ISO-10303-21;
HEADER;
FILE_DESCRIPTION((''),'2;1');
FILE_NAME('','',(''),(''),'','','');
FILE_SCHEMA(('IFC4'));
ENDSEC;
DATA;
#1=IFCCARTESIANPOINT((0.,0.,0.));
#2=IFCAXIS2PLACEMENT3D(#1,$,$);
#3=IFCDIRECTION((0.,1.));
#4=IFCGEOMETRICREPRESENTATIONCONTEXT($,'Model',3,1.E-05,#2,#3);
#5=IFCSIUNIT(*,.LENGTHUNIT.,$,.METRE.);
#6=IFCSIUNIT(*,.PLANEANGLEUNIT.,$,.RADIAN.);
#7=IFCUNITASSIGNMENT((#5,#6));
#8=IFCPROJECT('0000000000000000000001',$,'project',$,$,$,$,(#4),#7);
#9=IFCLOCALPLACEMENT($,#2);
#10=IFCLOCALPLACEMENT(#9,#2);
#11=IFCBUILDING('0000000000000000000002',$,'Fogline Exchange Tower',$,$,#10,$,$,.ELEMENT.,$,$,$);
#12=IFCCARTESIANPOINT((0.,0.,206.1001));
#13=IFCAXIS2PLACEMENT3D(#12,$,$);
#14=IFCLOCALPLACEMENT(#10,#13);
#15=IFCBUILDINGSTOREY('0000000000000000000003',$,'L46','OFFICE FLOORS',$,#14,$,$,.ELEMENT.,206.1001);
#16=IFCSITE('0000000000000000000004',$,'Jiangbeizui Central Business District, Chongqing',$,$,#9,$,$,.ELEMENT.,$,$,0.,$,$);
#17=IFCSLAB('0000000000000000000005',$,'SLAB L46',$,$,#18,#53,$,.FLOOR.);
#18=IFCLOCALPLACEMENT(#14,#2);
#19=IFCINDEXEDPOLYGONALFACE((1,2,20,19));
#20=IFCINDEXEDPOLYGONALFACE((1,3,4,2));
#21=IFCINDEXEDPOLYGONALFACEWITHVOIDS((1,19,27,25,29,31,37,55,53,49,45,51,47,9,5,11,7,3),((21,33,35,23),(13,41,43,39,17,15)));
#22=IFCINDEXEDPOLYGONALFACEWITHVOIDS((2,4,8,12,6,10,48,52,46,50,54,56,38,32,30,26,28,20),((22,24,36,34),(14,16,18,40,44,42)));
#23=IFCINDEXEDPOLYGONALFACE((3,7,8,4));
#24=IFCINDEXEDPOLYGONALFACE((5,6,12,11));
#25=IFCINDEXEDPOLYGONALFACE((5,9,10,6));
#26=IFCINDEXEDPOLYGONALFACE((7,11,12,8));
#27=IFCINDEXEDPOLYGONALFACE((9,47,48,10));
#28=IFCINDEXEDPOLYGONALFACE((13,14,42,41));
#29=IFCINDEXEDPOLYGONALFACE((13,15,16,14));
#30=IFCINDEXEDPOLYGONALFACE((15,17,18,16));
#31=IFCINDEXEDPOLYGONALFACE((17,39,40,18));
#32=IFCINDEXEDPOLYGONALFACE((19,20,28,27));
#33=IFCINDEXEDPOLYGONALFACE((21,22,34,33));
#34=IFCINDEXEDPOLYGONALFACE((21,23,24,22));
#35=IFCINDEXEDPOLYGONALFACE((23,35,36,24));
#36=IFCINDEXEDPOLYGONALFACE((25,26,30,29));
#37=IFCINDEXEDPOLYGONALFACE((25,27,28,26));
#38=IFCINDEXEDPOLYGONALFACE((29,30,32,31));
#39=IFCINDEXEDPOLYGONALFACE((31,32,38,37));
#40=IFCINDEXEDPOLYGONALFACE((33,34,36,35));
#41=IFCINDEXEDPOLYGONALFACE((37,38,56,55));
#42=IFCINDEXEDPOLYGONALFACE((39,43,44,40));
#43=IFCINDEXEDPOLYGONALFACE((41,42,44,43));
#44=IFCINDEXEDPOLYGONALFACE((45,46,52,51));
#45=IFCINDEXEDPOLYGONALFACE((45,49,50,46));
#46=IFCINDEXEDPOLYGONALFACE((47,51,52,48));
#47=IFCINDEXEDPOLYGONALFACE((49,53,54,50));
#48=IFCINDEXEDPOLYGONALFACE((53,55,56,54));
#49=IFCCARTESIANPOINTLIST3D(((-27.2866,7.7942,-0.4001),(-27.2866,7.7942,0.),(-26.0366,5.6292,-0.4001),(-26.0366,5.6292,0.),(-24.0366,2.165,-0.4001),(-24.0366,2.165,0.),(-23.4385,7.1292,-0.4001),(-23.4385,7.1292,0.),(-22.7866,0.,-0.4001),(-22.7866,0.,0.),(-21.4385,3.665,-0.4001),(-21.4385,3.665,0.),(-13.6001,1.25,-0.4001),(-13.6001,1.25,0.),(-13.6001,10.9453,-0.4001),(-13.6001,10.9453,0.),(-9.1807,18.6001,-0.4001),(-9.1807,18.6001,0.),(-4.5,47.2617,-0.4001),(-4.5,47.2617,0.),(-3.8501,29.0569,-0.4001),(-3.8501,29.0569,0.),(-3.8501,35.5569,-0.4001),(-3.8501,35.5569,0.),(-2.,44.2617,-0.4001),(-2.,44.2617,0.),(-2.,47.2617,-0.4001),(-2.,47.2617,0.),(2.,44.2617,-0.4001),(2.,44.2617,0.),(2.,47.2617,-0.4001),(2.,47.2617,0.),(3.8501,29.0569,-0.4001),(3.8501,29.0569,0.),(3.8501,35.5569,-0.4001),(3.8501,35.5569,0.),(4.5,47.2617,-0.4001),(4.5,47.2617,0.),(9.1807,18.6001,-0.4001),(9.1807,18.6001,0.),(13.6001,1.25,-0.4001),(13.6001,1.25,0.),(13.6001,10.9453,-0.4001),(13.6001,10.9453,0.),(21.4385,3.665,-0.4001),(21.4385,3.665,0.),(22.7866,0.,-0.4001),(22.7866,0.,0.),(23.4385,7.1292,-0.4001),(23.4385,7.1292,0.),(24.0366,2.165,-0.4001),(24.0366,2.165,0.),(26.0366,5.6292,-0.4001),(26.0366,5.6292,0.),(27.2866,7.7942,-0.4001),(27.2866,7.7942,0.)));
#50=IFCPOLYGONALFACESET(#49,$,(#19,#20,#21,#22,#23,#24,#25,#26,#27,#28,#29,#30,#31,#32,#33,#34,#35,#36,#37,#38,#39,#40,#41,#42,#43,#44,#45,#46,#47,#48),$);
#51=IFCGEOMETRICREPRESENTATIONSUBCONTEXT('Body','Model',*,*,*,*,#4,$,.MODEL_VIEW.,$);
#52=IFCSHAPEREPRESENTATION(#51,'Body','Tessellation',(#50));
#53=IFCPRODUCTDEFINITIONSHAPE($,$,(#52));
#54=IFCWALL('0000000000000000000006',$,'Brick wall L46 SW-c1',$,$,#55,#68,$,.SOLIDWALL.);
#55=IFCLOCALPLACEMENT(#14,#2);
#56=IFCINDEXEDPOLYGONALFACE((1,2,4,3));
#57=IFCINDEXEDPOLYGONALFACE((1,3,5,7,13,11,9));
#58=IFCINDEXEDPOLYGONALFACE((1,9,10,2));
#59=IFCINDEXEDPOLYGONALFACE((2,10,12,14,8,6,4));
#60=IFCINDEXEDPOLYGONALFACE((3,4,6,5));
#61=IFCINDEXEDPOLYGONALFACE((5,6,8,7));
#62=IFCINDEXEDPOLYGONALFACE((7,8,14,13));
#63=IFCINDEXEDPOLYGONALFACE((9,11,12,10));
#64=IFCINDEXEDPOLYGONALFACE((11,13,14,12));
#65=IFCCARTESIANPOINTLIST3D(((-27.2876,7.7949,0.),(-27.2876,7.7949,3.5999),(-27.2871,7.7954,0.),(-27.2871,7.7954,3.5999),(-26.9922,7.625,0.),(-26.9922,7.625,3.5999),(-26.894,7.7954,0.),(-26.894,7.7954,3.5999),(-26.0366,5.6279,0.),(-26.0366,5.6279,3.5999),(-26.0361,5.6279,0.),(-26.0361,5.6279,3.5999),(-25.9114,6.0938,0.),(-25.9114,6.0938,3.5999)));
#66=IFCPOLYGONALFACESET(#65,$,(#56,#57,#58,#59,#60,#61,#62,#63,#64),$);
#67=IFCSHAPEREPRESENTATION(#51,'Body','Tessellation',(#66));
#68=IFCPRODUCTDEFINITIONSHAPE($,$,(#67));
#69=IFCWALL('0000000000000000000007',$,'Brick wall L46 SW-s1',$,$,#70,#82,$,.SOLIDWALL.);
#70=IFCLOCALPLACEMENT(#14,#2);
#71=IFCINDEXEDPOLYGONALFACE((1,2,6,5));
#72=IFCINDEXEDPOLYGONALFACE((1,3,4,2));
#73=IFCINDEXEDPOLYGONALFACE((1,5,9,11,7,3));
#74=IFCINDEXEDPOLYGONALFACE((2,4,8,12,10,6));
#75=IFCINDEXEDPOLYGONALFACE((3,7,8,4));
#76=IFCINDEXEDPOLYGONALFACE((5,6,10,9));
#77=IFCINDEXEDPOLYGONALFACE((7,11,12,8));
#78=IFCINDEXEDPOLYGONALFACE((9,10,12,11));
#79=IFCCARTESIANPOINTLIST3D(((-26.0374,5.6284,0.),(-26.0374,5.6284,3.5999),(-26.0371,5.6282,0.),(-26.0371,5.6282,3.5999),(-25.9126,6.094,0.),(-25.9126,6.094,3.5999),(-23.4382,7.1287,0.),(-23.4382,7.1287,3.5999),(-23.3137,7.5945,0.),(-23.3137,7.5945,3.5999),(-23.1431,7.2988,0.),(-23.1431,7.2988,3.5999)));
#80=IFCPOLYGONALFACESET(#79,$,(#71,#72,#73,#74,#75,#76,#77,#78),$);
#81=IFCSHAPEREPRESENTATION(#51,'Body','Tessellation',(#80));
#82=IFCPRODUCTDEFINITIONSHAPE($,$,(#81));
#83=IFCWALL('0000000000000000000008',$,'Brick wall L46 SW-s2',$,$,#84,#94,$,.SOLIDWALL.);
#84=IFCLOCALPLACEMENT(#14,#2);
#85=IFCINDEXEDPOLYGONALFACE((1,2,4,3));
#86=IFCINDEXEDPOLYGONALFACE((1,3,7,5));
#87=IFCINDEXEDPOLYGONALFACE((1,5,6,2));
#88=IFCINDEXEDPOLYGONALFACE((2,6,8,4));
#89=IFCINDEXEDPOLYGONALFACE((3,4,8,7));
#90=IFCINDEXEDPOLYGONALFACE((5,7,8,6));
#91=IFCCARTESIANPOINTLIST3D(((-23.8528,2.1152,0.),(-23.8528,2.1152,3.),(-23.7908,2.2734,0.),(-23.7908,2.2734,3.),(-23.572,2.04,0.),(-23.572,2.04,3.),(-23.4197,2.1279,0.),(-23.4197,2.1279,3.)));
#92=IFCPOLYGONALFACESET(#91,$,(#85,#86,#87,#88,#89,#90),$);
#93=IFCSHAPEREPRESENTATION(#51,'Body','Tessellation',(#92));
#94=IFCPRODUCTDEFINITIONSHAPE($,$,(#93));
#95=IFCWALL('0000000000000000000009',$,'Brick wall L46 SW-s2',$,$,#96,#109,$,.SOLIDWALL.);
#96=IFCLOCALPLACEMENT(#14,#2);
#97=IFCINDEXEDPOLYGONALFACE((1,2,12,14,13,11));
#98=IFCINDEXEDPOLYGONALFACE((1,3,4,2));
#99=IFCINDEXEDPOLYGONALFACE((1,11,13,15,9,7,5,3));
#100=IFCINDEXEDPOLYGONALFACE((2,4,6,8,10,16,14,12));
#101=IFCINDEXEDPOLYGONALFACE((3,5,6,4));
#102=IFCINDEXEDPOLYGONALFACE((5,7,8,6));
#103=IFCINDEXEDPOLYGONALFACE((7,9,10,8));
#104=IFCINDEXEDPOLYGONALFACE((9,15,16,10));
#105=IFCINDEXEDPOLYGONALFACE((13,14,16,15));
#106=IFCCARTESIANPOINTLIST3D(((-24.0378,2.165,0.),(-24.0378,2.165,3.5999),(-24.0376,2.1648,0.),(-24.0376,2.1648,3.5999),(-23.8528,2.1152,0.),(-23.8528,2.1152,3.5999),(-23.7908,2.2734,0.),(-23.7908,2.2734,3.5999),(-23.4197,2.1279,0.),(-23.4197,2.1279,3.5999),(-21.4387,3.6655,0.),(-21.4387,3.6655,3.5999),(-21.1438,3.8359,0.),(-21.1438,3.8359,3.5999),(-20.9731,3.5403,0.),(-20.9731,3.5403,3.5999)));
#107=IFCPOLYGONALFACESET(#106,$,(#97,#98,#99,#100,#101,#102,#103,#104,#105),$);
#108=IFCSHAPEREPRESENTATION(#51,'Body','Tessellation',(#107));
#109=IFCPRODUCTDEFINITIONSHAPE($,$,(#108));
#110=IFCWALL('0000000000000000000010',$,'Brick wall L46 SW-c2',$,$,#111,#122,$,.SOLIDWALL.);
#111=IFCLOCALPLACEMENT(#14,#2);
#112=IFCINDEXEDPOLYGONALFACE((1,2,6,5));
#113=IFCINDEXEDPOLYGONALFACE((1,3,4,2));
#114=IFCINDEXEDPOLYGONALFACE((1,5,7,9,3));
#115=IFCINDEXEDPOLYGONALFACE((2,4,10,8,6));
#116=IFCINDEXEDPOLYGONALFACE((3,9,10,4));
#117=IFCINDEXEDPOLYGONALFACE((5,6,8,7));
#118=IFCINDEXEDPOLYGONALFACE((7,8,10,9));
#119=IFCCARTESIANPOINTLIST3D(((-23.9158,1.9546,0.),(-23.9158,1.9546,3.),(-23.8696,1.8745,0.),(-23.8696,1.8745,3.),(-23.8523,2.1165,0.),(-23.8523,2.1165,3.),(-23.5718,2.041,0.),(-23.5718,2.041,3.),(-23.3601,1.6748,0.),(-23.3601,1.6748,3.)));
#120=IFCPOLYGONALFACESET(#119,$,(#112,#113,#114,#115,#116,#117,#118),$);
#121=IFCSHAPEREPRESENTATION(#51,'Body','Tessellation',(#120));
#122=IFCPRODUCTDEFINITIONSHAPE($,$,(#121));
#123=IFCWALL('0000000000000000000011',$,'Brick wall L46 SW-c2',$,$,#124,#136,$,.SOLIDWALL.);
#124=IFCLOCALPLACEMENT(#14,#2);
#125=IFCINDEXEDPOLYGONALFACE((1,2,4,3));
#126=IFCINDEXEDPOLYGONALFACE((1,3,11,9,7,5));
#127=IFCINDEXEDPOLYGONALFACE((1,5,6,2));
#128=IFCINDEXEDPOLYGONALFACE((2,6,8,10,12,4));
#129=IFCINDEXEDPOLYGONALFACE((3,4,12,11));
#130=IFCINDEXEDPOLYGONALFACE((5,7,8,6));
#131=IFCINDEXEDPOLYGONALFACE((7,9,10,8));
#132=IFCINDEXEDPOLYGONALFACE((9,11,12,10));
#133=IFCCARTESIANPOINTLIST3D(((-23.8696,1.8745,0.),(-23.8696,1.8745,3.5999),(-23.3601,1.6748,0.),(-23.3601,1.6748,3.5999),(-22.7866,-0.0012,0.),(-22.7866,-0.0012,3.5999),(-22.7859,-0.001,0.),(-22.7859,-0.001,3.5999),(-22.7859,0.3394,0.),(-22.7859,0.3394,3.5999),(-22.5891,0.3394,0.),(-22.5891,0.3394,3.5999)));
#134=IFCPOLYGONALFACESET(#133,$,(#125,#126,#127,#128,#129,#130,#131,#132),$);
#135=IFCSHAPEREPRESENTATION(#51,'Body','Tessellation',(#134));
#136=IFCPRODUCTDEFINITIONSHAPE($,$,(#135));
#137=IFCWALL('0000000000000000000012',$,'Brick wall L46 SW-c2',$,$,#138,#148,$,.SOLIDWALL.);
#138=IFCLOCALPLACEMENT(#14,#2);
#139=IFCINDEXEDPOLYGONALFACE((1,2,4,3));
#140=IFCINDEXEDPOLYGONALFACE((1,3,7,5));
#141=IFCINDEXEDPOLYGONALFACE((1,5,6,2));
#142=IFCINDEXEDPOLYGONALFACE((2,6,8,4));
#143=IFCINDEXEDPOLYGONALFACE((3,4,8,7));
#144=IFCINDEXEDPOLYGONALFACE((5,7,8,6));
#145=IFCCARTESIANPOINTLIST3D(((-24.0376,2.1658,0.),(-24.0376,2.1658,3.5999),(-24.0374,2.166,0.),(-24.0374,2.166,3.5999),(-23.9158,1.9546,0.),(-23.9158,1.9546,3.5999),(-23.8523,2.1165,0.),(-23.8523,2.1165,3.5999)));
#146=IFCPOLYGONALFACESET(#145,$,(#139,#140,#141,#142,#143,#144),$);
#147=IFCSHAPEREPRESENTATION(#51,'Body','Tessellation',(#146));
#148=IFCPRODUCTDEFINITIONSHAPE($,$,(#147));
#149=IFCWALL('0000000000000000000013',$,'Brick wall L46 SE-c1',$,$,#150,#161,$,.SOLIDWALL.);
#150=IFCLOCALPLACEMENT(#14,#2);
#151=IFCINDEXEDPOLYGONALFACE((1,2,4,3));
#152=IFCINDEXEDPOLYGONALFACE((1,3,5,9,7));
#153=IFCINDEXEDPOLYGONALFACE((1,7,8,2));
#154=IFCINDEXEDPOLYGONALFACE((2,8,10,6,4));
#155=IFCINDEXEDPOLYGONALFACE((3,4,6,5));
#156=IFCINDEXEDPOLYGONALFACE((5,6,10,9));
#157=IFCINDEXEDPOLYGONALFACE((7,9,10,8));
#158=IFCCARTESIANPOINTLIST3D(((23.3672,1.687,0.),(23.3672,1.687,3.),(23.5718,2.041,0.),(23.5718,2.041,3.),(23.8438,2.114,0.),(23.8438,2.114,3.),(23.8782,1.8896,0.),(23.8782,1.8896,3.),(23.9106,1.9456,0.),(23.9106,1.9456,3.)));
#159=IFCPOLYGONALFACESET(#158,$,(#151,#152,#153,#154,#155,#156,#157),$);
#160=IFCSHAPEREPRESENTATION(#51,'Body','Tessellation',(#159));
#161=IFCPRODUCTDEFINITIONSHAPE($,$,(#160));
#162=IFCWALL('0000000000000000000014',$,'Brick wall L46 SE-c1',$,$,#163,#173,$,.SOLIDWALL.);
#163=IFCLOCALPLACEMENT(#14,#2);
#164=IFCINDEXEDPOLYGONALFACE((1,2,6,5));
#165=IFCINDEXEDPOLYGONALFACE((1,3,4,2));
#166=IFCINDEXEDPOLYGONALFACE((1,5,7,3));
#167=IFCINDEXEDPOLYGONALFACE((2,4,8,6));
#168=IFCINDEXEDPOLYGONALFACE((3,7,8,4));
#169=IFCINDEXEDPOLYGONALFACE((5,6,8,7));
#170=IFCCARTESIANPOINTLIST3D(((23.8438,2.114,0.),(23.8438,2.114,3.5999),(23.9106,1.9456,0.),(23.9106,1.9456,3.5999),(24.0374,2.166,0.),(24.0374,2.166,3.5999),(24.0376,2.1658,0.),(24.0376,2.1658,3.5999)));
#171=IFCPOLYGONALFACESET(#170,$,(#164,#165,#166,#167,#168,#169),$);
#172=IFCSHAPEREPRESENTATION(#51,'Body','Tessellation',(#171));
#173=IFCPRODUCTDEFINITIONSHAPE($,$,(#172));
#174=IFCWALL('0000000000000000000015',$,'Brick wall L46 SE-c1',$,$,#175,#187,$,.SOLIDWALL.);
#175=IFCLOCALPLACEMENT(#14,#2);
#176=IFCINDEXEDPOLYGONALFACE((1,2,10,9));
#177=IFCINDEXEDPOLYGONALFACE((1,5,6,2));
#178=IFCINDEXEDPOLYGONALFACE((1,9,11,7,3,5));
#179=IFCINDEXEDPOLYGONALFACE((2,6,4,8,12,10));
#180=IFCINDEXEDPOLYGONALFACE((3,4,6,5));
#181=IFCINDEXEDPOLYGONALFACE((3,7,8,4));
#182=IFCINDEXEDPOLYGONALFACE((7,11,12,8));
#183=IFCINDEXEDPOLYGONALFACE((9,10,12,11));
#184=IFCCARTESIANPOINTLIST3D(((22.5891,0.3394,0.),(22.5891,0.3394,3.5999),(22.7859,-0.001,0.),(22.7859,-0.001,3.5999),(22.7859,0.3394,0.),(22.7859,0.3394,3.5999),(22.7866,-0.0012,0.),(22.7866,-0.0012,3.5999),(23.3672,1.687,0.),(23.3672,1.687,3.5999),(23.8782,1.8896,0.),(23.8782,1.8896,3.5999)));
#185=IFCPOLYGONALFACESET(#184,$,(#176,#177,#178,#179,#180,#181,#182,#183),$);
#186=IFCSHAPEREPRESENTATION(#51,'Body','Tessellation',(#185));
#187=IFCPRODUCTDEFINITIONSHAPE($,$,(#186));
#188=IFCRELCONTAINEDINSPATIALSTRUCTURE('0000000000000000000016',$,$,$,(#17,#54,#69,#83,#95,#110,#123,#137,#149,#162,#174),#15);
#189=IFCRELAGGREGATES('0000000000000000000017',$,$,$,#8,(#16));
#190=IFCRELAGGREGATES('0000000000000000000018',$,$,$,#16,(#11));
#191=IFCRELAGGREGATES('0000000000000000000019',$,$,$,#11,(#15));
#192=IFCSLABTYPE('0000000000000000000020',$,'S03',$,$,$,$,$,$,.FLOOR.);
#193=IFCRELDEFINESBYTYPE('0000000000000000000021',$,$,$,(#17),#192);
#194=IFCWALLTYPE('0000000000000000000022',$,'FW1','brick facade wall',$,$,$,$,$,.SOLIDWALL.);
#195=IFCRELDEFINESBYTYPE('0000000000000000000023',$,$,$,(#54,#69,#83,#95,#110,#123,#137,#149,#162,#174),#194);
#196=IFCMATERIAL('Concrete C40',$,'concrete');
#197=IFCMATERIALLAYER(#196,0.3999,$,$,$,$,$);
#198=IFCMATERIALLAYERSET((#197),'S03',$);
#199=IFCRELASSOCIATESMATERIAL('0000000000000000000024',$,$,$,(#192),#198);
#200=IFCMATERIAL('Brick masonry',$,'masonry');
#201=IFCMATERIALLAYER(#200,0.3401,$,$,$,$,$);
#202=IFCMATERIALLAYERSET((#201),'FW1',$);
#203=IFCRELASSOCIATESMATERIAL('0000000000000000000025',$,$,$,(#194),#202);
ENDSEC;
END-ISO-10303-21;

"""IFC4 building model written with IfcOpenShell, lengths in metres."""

from ifc_helpers import new_model, si_unit, direction, frame, origin, place, context, subcontext, project, spatial, polyline, outline, extrude, material, layer, layer_set, type_object, element, save


model = new_model("IFC4")

# Units and contexts
model_context = context("Model", 3, precision=1e-05, world=origin(), true_north=direction((0.0, 1.0)))
body_context = subcontext(model_context, "Body", "Model", "MODEL_VIEW")
ifc_project = project(units=[si_unit("LENGTHUNIT", "METRE"), si_unit("PLANEANGLEUNIT", "RADIAN")], contexts=[model_context])

# Site, building, storey
site_placement = place(None, origin())
site = spatial("IfcSite", under=ifc_project, at=site_placement, Name="Jiangbeizui Central Business District, Chongqing", CompositionType="ELEMENT", RefElevation=0.0)
building_placement = place(site_placement, origin())
building = spatial("IfcBuilding", under=site, at=building_placement, Name="Fogline Exchange Tower", CompositionType="ELEMENT")
storey_placement = place(building_placement, frame((0.0, 0.0, 206.1001)))
storey = spatial("IfcBuildingStorey", under=building, at=storey_placement, Name="L46", Description="OFFICE FLOORS", CompositionType="ELEMENT", Elevation=206.1001)

# Slab
ifc_material_1 = material(Name="Concrete C40", Category="concrete")
ifc_layer_1 = layer(ifc_material_1, 0.3999)
ifc_layer_set_1 = layer_set([ifc_layer_1], Name="S03")
slab_type = type_object("IfcSlabType", Name="S03", PredefinedType="FLOOR", material=ifc_layer_set_1)
slab_placement = place(storey_placement, frame((0.0, 0.0, -0.4001)))
element("IfcSlab", 1, at=slab_placement, inside=storey, type_object=slab_type, Name="SLAB L46", PredefinedType="FLOOR", context=body_context, shape_type="SweptSolid", body=[
    extrude(outline(polyline([(-2.0, 47.2617), (-4.5, 47.2617), (-27.2866, 7.7942), (-26.0366, 5.6292), (-23.4385, 7.1292), (-21.4385, 3.665), (-24.0366, 2.165), (-22.7866, 0.0), (22.7866, 0.0), (24.0366, 2.165), (21.4385, 3.665), (23.4385, 7.1292), (26.0366, 5.6292), (27.2866, 7.7942), (4.5, 47.2617), (2.0, 47.2617), (2.0, 44.2617), (-2.0, 44.2617), (-2.0, 47.2617)]), holes=[polyline([(13.6001, 10.9453), (13.6001, 1.25), (-13.6001, 1.25), (-13.6001, 10.9453), (-9.1807, 18.6001), (9.1807, 18.6001), (13.6001, 10.9453)]), polyline([(3.8501, 35.5569), (3.8501, 29.0569), (-3.8501, 29.0569), (-3.8501, 35.5569), (3.8501, 35.5569)])]), origin(), (0.0, 0.0, 1.0), 0.4001),
])

# Walls
ifc_material_2 = material(Name="Brick masonry", Category="masonry")
ifc_layer_2 = layer(ifc_material_2, 0.3401)
ifc_layer_set_2 = layer_set([ifc_layer_2], Name="FW1")
wall_type = type_object("IfcWallType", Name="FW1", Description="brick facade wall", PredefinedType="SOLIDWALL", material=ifc_layer_set_2)
wall_1_placement = place(storey_placement, origin())
element("IfcWall", 2, at=wall_1_placement, inside=storey, type_object=wall_type, Name="Brick wall L46 SW-c1", PredefinedType="SOLIDWALL", context=body_context, shape_type="SweptSolid", body=[
    extrude(outline(polyline([(-26.0366, 5.6279), (-27.2876, 7.7949), (-27.2871, 7.7954), (-26.9922, 7.625), (-26.894, 7.7954), (-25.9114, 6.0938), (-26.0361, 5.6279), (-26.0366, 5.6279)])), origin(), (0.0, 0.0, 1.0), 3.5999),
])
wall_2_placement = place(storey_placement, origin())
element("IfcWall", 3, at=wall_2_placement, inside=storey, type_object=wall_type, Name="Brick wall L46 SW-s1", PredefinedType="SOLIDWALL", context=body_context, shape_type="SweptSolid", body=[
    extrude(outline(polyline([(-23.3137, 7.5945), (-23.1431, 7.2988), (-23.4382, 7.1287), (-26.0371, 5.6282), (-26.0374, 5.6284), (-25.9126, 6.094), (-23.3137, 7.5945)])), origin(), (0.0, 0.0, 1.0), 3.5999),
])
wall_3_placement = place(storey_placement, origin())
element("IfcWall", 4, at=wall_3_placement, inside=storey, type_object=wall_type, Name="Brick wall L46 SW-s2", PredefinedType="SOLIDWALL", context=body_context, shape_type="SweptSolid", body=[
    extrude(outline(polyline([(-23.572, 2.04), (-23.8528, 2.1152), (-23.7908, 2.2734), (-23.4197, 2.1279), (-23.572, 2.04)])), origin(), (0.0, 0.0, 1.0), 3.0),
])
wall_4_placement = place(storey_placement, origin())
element("IfcWall", 5, at=wall_4_placement, inside=storey, type_object=wall_type, Name="Brick wall L46 SW-s2", PredefinedType="SOLIDWALL", context=body_context, shape_type="SweptSolid", body=[
    extrude(outline(polyline([(-21.4387, 3.6655), (-21.1438, 3.8359), (-20.9731, 3.5403), (-23.4197, 2.1279), (-23.7908, 2.2734), (-23.8528, 2.1152), (-24.0376, 2.1648), (-24.0378, 2.165), (-21.4387, 3.6655)])), origin(), (0.0, 0.0, 1.0), 3.5999),
])
wall_5_placement = place(storey_placement, origin())
element("IfcWall", 6, at=wall_5_placement, inside=storey, type_object=wall_type, Name="Brick wall L46 SW-c2", PredefinedType="SOLIDWALL", context=body_context, shape_type="SweptSolid", body=[
    extrude(outline(polyline([(-23.9158, 1.9546), (-23.8523, 2.1165), (-23.5718, 2.041), (-23.3601, 1.6748), (-23.8696, 1.8745), (-23.9158, 1.9546)])), origin(), (0.0, 0.0, 1.0), 3.0),
])
wall_6_placement = place(storey_placement, origin())
element("IfcWall", 7, at=wall_6_placement, inside=storey, type_object=wall_type, Name="Brick wall L46 SW-c2", PredefinedType="SOLIDWALL", context=body_context, shape_type="SweptSolid", body=[
    extrude(outline(polyline([(-22.7859, 0.3394), (-22.7859, -0.001), (-22.7866, -0.0012), (-23.8696, 1.8745), (-23.3601, 1.6748), (-22.5891, 0.3394), (-22.7859, 0.3394)])), origin(), (0.0, 0.0, 1.0), 3.5999),
])
wall_7_placement = place(storey_placement, origin())
element("IfcWall", 8, at=wall_7_placement, inside=storey, type_object=wall_type, Name="Brick wall L46 SW-c2", PredefinedType="SOLIDWALL", context=body_context, shape_type="SweptSolid", body=[
    extrude(outline(polyline([(-24.0376, 2.1658), (-24.0374, 2.166), (-23.8523, 2.1165), (-23.9158, 1.9546), (-24.0376, 2.1658)])), origin(), (0.0, 0.0, 1.0), 3.5999),
])
wall_8_placement = place(storey_placement, origin())
element("IfcWall", 9, at=wall_8_placement, inside=storey, type_object=wall_type, Name="Brick wall L46 SE-c1", PredefinedType="SOLIDWALL", context=body_context, shape_type="SweptSolid", body=[
    extrude(outline(polyline([(23.8782, 1.8896), (23.3672, 1.687), (23.5718, 2.041), (23.8438, 2.114), (23.9106, 1.9456), (23.8782, 1.8896)])), origin(), (0.0, 0.0, 1.0), 3.0),
])
wall_9_placement = place(storey_placement, origin())
element("IfcWall", 10, at=wall_9_placement, inside=storey, type_object=wall_type, Name="Brick wall L46 SE-c1", PredefinedType="SOLIDWALL", context=body_context, shape_type="SweptSolid", body=[
    extrude(outline(polyline([(23.9106, 1.9456), (23.8438, 2.114), (24.0374, 2.166), (24.0376, 2.1658), (23.9106, 1.9456)])), origin(), (0.0, 0.0, 1.0), 3.5999),
])
wall_10_placement = place(storey_placement, origin())
element("IfcWall", 11, at=wall_10_placement, inside=storey, type_object=wall_type, Name="Brick wall L46 SE-c1", PredefinedType="SOLIDWALL", context=body_context, shape_type="SweptSolid", body=[
    extrude(outline(polyline([(22.7866, -0.0012), (22.7859, -0.001), (22.7859, 0.3394), (22.5891, 0.3394), (23.3672, 1.687), (23.8782, 1.8896), (22.7866, -0.0012)])), origin(), (0.0, 0.0, 1.0), 3.5999),
])

save(model, "model.ifc")
